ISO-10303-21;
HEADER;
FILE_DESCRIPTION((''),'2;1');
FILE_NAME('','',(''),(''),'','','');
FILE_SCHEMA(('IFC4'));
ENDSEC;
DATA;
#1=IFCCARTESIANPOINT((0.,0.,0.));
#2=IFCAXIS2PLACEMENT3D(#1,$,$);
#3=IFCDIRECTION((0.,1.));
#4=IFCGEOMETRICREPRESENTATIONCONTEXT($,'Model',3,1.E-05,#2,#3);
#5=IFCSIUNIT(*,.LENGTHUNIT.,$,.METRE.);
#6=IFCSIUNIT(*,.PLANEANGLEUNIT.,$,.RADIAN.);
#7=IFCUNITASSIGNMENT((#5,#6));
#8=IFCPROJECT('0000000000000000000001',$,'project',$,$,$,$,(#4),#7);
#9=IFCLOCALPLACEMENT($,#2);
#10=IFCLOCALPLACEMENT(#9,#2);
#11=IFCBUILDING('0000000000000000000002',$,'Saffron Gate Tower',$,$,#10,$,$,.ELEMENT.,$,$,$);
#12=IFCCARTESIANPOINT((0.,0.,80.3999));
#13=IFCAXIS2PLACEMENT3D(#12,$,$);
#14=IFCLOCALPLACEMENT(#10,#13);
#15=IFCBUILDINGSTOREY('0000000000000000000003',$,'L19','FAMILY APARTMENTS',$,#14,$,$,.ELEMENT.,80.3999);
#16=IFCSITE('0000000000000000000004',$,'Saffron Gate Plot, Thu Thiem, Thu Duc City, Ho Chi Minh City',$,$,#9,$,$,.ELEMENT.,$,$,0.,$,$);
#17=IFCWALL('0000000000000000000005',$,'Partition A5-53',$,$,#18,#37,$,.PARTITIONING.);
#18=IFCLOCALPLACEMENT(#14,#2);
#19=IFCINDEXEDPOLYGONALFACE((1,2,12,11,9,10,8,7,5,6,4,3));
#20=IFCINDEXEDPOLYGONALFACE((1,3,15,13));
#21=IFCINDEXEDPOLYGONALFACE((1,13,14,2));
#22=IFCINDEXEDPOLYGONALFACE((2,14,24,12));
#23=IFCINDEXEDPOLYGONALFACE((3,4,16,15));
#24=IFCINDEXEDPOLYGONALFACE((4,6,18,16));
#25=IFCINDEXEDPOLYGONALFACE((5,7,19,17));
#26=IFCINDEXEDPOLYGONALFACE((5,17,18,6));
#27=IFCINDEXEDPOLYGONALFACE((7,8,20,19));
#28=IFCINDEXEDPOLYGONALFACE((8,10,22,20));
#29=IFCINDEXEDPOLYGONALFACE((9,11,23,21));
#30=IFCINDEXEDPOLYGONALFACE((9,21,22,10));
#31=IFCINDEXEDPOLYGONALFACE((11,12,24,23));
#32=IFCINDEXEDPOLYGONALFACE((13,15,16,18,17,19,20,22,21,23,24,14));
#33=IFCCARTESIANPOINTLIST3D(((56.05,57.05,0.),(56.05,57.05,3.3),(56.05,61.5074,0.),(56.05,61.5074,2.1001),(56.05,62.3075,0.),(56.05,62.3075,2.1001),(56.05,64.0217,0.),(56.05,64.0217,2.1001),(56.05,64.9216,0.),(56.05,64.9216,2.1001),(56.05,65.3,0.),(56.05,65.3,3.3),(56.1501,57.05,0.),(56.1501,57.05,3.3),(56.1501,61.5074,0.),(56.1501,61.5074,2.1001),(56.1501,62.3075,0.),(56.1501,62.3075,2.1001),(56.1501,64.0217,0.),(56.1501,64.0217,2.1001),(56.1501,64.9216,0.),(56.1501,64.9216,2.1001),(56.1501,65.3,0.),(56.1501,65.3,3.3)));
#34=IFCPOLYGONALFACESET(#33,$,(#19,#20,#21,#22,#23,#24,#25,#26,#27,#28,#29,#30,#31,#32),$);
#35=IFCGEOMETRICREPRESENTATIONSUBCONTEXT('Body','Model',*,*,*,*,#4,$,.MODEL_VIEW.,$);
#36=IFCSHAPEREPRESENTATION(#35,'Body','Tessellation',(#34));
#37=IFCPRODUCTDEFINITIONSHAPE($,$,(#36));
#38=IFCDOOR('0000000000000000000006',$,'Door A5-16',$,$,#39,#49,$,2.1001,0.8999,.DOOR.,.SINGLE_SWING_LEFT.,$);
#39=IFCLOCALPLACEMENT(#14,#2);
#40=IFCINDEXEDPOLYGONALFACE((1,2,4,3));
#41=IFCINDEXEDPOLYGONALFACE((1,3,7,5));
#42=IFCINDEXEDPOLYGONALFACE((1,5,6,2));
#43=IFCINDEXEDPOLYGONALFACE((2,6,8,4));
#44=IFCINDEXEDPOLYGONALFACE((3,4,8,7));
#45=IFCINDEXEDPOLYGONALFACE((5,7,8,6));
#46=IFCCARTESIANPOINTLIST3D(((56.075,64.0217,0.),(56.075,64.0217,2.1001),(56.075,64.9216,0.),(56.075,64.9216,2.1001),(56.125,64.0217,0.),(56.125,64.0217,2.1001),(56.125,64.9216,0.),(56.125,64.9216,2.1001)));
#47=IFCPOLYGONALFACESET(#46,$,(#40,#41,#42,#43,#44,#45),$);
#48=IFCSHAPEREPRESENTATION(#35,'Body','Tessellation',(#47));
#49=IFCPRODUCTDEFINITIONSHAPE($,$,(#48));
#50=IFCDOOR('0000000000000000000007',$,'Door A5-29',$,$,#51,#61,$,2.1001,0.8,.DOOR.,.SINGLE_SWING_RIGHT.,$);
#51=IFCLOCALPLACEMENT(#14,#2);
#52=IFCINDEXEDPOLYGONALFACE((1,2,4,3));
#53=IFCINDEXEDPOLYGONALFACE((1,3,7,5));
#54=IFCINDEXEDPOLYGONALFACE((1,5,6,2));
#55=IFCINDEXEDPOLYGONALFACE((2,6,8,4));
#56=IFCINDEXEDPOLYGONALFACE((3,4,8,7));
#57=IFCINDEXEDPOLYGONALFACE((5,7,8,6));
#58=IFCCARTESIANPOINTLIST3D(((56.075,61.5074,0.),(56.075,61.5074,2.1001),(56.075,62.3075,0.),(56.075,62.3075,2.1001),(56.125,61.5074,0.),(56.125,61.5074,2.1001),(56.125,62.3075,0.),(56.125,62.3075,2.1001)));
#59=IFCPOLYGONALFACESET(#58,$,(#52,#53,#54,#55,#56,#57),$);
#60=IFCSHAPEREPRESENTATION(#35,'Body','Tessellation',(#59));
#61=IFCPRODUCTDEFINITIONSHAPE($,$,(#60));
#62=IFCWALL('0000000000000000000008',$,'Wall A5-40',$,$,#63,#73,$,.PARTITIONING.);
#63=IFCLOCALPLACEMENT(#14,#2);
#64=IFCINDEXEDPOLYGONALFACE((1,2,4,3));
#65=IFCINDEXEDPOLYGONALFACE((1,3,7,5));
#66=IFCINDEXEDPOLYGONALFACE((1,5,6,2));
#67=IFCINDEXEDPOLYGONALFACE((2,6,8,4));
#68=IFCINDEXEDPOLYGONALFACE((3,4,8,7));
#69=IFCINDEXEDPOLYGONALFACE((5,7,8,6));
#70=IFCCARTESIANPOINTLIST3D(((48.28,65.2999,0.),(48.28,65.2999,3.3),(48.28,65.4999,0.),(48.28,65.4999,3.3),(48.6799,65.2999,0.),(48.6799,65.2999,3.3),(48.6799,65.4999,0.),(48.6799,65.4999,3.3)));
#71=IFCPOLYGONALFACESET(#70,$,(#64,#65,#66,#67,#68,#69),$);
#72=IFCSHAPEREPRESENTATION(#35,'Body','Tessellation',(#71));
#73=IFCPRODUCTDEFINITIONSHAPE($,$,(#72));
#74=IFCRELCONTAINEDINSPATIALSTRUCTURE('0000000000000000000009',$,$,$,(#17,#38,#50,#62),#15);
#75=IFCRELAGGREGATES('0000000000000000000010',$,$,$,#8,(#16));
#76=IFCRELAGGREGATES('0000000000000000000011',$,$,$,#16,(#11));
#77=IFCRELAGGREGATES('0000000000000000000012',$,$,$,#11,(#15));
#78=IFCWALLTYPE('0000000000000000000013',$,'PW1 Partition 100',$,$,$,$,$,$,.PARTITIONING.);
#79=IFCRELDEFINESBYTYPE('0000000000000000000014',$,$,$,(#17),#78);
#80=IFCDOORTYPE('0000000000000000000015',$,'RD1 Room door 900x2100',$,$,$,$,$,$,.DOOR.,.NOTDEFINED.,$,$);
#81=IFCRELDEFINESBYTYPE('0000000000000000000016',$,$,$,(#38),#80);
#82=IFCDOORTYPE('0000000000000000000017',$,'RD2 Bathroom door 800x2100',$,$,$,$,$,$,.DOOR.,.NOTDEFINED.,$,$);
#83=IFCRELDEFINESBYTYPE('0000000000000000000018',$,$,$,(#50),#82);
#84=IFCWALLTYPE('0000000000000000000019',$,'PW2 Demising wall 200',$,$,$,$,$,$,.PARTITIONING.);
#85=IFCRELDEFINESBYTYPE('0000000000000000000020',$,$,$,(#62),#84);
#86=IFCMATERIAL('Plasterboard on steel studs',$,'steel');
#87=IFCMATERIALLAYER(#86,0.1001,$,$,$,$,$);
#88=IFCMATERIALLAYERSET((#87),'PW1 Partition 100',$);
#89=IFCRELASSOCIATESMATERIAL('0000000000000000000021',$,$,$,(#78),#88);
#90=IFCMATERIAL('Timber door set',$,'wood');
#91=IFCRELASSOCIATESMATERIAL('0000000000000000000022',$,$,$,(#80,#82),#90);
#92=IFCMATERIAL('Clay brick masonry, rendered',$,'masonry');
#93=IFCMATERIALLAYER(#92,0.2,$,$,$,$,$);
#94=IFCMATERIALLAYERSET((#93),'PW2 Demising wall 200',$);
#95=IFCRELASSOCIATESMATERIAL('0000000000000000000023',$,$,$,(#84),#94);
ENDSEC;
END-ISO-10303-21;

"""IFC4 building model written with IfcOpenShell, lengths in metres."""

from ifc_helpers import new_model, si_unit, direction, frame, frame_2d, origin, place, context, subcontext, project, spatial, rectangle, extrude, material, layer, layer_set, type_object, element, fill, save


model = new_model("IFC4")

# Units and contexts
model_context = context("Model", 3, precision=1e-05, world=origin(), true_north=direction((0.0, 1.0)))
body_context = subcontext(model_context, "Body", "Model", "MODEL_VIEW")
ifc_project = project(units=[si_unit("LENGTHUNIT", "METRE"), si_unit("PLANEANGLEUNIT", "RADIAN")], contexts=[model_context])

# Site, building, storey
site_placement = place(None, origin())
site = spatial("IfcSite", under=ifc_project, at=site_placement, Name="Saffron Gate Plot, Thu Thiem, Thu Duc City, Ho Chi Minh City", CompositionType="ELEMENT", RefElevation=0.0)
building_placement = place(site_placement, origin())
building = spatial("IfcBuilding", under=site, at=building_placement, Name="Saffron Gate Tower", CompositionType="ELEMENT")
storey_placement = place(building_placement, frame((0.0, 0.0, 80.3999)))
storey = spatial("IfcBuildingStorey", under=building, at=storey_placement, Name="L19", Description="FAMILY APARTMENTS", CompositionType="ELEMENT", Elevation=80.3999)

# Shared definitions
ifc_material_1 = material(Name="Plasterboard on steel studs", Category="steel")
ifc_layer_1 = layer(ifc_material_1, 0.1001)
ifc_layer_set_1 = layer_set([ifc_layer_1], Name="PW1 Partition 100")
wall_type_1 = type_object("IfcWallType", Name="PW1 Partition 100", PredefinedType="PARTITIONING", material=ifc_layer_set_1)

# Shared definitions
ifc_material_2 = material(Name="Timber door set", Category="wood")
door_type_1 = type_object("IfcDoorType", Name="RD1 Room door 900x2100", OperationType="NOTDEFINED", PredefinedType="DOOR", material=ifc_material_2)
door_type_2 = type_object("IfcDoorType", Name="RD2 Bathroom door 800x2100", OperationType="NOTDEFINED", PredefinedType="DOOR", material=ifc_material_2)

# Wall, openings, doors
wall_1_placement = place(storey_placement, frame((56.1001, 65.3, 0.0), z_axis=(0.0, 0.0, 1.0), x_axis=(0.0, -1.0, 0.0)))
wall_1 = element("IfcWall", 1, at=wall_1_placement, inside=storey, type_object=wall_type_1, Name="Partition A5-53", PredefinedType="PARTITIONING", context=body_context, shape_type="SweptSolid", body=[
    extrude(rectangle(XDim=8.25, YDim=0.1001, at=frame_2d((4.125, 0.0))), origin(), (0.0, 0.0, 1.0), 3.3),
])
opening_1_placement = place(wall_1_placement, frame((0.3784, 0.0, 0.0)))
opening_1 = element("IfcOpeningElement", 2, at=opening_1_placement, cuts=wall_1, PredefinedType="OPENING", context=body_context, shape_type="SweptSolid", body=[
    extrude(rectangle(XDim=0.8999, YDim=2.1001, at=frame_2d((0.45, 1.05))), frame((0.0, 0.0601, 0.0), z_axis=(0.0, -1.0, 0.0), x_axis=(1.0, 0.0, 0.0)), (0.0, 0.0, 1.0), 0.1201),
])
opening_2_placement = place(wall_1_placement, frame((2.9927, 0.0, 0.0)))
opening_2 = element("IfcOpeningElement", 3, at=opening_2_placement, cuts=wall_1, PredefinedType="OPENING", context=body_context, shape_type="SweptSolid", body=[
    extrude(rectangle(XDim=0.8, YDim=2.1001, at=frame_2d((0.3999, 1.05))), frame((0.0, 0.0601, 0.0), z_axis=(0.0, -1.0, 0.0), x_axis=(1.0, 0.0, 0.0)), (0.0, 0.0, 1.0), 0.1201),
])
door_1_placement = place(opening_1_placement, origin())
door_1 = element("IfcDoor", 4, at=door_1_placement, inside=storey, type_object=door_type_1, Name="Door A5-16", OperationType="SINGLE_SWING_LEFT", OverallHeight=2.1001, OverallWidth=0.8999, PredefinedType="DOOR", context=body_context, shape_type="SweptSolid", body=[
    extrude(rectangle(XDim=0.8999, YDim=2.1001, at=frame_2d((0.45, 1.05))), frame((0.0, 0.0249, 0.0), z_axis=(0.0, -1.0, 0.0), x_axis=(1.0, 0.0, 0.0)), (0.0, 0.0, 1.0), 0.05),
])
fill(opening_1, door_1)
door_2_placement = place(opening_2_placement, origin())
door_2 = element("IfcDoor", 5, at=door_2_placement, inside=storey, type_object=door_type_2, Name="Door A5-29", OperationType="SINGLE_SWING_RIGHT", OverallHeight=2.1001, OverallWidth=0.8, PredefinedType="DOOR", context=body_context, shape_type="SweptSolid", body=[
    extrude(rectangle(XDim=0.8, YDim=2.1001, at=frame_2d((0.3999, 1.05))), frame((0.0, 0.0249, 0.0), z_axis=(0.0, -1.0, 0.0), x_axis=(1.0, 0.0, 0.0)), (0.0, 0.0, 1.0), 0.05),
])
fill(opening_2, door_2)

# Wall
ifc_material_3 = material(Name="Clay brick masonry, rendered", Category="masonry")
ifc_layer_2 = layer(ifc_material_3, 0.2)
ifc_layer_set_2 = layer_set([ifc_layer_2], Name="PW2 Demising wall 200")
wall_type_2 = type_object("IfcWallType", Name="PW2 Demising wall 200", PredefinedType="PARTITIONING", material=ifc_layer_set_2)
wall_2_placement = place(storey_placement, frame((48.28, 65.3999, 0.0), z_axis=(0.0, 0.0, 1.0), x_axis=(1.0, 0.0, 0.0)))
element("IfcWall", 6, at=wall_2_placement, inside=storey, type_object=wall_type_2, Name="Wall A5-40", PredefinedType="PARTITIONING", context=body_context, shape_type="SweptSolid", body=[
    extrude(rectangle(XDim=0.3999, YDim=0.2, at=frame_2d((0.2, 0.0))), origin(), (0.0, 0.0, 1.0), 3.3),
])

save(model, "model.ifc")
